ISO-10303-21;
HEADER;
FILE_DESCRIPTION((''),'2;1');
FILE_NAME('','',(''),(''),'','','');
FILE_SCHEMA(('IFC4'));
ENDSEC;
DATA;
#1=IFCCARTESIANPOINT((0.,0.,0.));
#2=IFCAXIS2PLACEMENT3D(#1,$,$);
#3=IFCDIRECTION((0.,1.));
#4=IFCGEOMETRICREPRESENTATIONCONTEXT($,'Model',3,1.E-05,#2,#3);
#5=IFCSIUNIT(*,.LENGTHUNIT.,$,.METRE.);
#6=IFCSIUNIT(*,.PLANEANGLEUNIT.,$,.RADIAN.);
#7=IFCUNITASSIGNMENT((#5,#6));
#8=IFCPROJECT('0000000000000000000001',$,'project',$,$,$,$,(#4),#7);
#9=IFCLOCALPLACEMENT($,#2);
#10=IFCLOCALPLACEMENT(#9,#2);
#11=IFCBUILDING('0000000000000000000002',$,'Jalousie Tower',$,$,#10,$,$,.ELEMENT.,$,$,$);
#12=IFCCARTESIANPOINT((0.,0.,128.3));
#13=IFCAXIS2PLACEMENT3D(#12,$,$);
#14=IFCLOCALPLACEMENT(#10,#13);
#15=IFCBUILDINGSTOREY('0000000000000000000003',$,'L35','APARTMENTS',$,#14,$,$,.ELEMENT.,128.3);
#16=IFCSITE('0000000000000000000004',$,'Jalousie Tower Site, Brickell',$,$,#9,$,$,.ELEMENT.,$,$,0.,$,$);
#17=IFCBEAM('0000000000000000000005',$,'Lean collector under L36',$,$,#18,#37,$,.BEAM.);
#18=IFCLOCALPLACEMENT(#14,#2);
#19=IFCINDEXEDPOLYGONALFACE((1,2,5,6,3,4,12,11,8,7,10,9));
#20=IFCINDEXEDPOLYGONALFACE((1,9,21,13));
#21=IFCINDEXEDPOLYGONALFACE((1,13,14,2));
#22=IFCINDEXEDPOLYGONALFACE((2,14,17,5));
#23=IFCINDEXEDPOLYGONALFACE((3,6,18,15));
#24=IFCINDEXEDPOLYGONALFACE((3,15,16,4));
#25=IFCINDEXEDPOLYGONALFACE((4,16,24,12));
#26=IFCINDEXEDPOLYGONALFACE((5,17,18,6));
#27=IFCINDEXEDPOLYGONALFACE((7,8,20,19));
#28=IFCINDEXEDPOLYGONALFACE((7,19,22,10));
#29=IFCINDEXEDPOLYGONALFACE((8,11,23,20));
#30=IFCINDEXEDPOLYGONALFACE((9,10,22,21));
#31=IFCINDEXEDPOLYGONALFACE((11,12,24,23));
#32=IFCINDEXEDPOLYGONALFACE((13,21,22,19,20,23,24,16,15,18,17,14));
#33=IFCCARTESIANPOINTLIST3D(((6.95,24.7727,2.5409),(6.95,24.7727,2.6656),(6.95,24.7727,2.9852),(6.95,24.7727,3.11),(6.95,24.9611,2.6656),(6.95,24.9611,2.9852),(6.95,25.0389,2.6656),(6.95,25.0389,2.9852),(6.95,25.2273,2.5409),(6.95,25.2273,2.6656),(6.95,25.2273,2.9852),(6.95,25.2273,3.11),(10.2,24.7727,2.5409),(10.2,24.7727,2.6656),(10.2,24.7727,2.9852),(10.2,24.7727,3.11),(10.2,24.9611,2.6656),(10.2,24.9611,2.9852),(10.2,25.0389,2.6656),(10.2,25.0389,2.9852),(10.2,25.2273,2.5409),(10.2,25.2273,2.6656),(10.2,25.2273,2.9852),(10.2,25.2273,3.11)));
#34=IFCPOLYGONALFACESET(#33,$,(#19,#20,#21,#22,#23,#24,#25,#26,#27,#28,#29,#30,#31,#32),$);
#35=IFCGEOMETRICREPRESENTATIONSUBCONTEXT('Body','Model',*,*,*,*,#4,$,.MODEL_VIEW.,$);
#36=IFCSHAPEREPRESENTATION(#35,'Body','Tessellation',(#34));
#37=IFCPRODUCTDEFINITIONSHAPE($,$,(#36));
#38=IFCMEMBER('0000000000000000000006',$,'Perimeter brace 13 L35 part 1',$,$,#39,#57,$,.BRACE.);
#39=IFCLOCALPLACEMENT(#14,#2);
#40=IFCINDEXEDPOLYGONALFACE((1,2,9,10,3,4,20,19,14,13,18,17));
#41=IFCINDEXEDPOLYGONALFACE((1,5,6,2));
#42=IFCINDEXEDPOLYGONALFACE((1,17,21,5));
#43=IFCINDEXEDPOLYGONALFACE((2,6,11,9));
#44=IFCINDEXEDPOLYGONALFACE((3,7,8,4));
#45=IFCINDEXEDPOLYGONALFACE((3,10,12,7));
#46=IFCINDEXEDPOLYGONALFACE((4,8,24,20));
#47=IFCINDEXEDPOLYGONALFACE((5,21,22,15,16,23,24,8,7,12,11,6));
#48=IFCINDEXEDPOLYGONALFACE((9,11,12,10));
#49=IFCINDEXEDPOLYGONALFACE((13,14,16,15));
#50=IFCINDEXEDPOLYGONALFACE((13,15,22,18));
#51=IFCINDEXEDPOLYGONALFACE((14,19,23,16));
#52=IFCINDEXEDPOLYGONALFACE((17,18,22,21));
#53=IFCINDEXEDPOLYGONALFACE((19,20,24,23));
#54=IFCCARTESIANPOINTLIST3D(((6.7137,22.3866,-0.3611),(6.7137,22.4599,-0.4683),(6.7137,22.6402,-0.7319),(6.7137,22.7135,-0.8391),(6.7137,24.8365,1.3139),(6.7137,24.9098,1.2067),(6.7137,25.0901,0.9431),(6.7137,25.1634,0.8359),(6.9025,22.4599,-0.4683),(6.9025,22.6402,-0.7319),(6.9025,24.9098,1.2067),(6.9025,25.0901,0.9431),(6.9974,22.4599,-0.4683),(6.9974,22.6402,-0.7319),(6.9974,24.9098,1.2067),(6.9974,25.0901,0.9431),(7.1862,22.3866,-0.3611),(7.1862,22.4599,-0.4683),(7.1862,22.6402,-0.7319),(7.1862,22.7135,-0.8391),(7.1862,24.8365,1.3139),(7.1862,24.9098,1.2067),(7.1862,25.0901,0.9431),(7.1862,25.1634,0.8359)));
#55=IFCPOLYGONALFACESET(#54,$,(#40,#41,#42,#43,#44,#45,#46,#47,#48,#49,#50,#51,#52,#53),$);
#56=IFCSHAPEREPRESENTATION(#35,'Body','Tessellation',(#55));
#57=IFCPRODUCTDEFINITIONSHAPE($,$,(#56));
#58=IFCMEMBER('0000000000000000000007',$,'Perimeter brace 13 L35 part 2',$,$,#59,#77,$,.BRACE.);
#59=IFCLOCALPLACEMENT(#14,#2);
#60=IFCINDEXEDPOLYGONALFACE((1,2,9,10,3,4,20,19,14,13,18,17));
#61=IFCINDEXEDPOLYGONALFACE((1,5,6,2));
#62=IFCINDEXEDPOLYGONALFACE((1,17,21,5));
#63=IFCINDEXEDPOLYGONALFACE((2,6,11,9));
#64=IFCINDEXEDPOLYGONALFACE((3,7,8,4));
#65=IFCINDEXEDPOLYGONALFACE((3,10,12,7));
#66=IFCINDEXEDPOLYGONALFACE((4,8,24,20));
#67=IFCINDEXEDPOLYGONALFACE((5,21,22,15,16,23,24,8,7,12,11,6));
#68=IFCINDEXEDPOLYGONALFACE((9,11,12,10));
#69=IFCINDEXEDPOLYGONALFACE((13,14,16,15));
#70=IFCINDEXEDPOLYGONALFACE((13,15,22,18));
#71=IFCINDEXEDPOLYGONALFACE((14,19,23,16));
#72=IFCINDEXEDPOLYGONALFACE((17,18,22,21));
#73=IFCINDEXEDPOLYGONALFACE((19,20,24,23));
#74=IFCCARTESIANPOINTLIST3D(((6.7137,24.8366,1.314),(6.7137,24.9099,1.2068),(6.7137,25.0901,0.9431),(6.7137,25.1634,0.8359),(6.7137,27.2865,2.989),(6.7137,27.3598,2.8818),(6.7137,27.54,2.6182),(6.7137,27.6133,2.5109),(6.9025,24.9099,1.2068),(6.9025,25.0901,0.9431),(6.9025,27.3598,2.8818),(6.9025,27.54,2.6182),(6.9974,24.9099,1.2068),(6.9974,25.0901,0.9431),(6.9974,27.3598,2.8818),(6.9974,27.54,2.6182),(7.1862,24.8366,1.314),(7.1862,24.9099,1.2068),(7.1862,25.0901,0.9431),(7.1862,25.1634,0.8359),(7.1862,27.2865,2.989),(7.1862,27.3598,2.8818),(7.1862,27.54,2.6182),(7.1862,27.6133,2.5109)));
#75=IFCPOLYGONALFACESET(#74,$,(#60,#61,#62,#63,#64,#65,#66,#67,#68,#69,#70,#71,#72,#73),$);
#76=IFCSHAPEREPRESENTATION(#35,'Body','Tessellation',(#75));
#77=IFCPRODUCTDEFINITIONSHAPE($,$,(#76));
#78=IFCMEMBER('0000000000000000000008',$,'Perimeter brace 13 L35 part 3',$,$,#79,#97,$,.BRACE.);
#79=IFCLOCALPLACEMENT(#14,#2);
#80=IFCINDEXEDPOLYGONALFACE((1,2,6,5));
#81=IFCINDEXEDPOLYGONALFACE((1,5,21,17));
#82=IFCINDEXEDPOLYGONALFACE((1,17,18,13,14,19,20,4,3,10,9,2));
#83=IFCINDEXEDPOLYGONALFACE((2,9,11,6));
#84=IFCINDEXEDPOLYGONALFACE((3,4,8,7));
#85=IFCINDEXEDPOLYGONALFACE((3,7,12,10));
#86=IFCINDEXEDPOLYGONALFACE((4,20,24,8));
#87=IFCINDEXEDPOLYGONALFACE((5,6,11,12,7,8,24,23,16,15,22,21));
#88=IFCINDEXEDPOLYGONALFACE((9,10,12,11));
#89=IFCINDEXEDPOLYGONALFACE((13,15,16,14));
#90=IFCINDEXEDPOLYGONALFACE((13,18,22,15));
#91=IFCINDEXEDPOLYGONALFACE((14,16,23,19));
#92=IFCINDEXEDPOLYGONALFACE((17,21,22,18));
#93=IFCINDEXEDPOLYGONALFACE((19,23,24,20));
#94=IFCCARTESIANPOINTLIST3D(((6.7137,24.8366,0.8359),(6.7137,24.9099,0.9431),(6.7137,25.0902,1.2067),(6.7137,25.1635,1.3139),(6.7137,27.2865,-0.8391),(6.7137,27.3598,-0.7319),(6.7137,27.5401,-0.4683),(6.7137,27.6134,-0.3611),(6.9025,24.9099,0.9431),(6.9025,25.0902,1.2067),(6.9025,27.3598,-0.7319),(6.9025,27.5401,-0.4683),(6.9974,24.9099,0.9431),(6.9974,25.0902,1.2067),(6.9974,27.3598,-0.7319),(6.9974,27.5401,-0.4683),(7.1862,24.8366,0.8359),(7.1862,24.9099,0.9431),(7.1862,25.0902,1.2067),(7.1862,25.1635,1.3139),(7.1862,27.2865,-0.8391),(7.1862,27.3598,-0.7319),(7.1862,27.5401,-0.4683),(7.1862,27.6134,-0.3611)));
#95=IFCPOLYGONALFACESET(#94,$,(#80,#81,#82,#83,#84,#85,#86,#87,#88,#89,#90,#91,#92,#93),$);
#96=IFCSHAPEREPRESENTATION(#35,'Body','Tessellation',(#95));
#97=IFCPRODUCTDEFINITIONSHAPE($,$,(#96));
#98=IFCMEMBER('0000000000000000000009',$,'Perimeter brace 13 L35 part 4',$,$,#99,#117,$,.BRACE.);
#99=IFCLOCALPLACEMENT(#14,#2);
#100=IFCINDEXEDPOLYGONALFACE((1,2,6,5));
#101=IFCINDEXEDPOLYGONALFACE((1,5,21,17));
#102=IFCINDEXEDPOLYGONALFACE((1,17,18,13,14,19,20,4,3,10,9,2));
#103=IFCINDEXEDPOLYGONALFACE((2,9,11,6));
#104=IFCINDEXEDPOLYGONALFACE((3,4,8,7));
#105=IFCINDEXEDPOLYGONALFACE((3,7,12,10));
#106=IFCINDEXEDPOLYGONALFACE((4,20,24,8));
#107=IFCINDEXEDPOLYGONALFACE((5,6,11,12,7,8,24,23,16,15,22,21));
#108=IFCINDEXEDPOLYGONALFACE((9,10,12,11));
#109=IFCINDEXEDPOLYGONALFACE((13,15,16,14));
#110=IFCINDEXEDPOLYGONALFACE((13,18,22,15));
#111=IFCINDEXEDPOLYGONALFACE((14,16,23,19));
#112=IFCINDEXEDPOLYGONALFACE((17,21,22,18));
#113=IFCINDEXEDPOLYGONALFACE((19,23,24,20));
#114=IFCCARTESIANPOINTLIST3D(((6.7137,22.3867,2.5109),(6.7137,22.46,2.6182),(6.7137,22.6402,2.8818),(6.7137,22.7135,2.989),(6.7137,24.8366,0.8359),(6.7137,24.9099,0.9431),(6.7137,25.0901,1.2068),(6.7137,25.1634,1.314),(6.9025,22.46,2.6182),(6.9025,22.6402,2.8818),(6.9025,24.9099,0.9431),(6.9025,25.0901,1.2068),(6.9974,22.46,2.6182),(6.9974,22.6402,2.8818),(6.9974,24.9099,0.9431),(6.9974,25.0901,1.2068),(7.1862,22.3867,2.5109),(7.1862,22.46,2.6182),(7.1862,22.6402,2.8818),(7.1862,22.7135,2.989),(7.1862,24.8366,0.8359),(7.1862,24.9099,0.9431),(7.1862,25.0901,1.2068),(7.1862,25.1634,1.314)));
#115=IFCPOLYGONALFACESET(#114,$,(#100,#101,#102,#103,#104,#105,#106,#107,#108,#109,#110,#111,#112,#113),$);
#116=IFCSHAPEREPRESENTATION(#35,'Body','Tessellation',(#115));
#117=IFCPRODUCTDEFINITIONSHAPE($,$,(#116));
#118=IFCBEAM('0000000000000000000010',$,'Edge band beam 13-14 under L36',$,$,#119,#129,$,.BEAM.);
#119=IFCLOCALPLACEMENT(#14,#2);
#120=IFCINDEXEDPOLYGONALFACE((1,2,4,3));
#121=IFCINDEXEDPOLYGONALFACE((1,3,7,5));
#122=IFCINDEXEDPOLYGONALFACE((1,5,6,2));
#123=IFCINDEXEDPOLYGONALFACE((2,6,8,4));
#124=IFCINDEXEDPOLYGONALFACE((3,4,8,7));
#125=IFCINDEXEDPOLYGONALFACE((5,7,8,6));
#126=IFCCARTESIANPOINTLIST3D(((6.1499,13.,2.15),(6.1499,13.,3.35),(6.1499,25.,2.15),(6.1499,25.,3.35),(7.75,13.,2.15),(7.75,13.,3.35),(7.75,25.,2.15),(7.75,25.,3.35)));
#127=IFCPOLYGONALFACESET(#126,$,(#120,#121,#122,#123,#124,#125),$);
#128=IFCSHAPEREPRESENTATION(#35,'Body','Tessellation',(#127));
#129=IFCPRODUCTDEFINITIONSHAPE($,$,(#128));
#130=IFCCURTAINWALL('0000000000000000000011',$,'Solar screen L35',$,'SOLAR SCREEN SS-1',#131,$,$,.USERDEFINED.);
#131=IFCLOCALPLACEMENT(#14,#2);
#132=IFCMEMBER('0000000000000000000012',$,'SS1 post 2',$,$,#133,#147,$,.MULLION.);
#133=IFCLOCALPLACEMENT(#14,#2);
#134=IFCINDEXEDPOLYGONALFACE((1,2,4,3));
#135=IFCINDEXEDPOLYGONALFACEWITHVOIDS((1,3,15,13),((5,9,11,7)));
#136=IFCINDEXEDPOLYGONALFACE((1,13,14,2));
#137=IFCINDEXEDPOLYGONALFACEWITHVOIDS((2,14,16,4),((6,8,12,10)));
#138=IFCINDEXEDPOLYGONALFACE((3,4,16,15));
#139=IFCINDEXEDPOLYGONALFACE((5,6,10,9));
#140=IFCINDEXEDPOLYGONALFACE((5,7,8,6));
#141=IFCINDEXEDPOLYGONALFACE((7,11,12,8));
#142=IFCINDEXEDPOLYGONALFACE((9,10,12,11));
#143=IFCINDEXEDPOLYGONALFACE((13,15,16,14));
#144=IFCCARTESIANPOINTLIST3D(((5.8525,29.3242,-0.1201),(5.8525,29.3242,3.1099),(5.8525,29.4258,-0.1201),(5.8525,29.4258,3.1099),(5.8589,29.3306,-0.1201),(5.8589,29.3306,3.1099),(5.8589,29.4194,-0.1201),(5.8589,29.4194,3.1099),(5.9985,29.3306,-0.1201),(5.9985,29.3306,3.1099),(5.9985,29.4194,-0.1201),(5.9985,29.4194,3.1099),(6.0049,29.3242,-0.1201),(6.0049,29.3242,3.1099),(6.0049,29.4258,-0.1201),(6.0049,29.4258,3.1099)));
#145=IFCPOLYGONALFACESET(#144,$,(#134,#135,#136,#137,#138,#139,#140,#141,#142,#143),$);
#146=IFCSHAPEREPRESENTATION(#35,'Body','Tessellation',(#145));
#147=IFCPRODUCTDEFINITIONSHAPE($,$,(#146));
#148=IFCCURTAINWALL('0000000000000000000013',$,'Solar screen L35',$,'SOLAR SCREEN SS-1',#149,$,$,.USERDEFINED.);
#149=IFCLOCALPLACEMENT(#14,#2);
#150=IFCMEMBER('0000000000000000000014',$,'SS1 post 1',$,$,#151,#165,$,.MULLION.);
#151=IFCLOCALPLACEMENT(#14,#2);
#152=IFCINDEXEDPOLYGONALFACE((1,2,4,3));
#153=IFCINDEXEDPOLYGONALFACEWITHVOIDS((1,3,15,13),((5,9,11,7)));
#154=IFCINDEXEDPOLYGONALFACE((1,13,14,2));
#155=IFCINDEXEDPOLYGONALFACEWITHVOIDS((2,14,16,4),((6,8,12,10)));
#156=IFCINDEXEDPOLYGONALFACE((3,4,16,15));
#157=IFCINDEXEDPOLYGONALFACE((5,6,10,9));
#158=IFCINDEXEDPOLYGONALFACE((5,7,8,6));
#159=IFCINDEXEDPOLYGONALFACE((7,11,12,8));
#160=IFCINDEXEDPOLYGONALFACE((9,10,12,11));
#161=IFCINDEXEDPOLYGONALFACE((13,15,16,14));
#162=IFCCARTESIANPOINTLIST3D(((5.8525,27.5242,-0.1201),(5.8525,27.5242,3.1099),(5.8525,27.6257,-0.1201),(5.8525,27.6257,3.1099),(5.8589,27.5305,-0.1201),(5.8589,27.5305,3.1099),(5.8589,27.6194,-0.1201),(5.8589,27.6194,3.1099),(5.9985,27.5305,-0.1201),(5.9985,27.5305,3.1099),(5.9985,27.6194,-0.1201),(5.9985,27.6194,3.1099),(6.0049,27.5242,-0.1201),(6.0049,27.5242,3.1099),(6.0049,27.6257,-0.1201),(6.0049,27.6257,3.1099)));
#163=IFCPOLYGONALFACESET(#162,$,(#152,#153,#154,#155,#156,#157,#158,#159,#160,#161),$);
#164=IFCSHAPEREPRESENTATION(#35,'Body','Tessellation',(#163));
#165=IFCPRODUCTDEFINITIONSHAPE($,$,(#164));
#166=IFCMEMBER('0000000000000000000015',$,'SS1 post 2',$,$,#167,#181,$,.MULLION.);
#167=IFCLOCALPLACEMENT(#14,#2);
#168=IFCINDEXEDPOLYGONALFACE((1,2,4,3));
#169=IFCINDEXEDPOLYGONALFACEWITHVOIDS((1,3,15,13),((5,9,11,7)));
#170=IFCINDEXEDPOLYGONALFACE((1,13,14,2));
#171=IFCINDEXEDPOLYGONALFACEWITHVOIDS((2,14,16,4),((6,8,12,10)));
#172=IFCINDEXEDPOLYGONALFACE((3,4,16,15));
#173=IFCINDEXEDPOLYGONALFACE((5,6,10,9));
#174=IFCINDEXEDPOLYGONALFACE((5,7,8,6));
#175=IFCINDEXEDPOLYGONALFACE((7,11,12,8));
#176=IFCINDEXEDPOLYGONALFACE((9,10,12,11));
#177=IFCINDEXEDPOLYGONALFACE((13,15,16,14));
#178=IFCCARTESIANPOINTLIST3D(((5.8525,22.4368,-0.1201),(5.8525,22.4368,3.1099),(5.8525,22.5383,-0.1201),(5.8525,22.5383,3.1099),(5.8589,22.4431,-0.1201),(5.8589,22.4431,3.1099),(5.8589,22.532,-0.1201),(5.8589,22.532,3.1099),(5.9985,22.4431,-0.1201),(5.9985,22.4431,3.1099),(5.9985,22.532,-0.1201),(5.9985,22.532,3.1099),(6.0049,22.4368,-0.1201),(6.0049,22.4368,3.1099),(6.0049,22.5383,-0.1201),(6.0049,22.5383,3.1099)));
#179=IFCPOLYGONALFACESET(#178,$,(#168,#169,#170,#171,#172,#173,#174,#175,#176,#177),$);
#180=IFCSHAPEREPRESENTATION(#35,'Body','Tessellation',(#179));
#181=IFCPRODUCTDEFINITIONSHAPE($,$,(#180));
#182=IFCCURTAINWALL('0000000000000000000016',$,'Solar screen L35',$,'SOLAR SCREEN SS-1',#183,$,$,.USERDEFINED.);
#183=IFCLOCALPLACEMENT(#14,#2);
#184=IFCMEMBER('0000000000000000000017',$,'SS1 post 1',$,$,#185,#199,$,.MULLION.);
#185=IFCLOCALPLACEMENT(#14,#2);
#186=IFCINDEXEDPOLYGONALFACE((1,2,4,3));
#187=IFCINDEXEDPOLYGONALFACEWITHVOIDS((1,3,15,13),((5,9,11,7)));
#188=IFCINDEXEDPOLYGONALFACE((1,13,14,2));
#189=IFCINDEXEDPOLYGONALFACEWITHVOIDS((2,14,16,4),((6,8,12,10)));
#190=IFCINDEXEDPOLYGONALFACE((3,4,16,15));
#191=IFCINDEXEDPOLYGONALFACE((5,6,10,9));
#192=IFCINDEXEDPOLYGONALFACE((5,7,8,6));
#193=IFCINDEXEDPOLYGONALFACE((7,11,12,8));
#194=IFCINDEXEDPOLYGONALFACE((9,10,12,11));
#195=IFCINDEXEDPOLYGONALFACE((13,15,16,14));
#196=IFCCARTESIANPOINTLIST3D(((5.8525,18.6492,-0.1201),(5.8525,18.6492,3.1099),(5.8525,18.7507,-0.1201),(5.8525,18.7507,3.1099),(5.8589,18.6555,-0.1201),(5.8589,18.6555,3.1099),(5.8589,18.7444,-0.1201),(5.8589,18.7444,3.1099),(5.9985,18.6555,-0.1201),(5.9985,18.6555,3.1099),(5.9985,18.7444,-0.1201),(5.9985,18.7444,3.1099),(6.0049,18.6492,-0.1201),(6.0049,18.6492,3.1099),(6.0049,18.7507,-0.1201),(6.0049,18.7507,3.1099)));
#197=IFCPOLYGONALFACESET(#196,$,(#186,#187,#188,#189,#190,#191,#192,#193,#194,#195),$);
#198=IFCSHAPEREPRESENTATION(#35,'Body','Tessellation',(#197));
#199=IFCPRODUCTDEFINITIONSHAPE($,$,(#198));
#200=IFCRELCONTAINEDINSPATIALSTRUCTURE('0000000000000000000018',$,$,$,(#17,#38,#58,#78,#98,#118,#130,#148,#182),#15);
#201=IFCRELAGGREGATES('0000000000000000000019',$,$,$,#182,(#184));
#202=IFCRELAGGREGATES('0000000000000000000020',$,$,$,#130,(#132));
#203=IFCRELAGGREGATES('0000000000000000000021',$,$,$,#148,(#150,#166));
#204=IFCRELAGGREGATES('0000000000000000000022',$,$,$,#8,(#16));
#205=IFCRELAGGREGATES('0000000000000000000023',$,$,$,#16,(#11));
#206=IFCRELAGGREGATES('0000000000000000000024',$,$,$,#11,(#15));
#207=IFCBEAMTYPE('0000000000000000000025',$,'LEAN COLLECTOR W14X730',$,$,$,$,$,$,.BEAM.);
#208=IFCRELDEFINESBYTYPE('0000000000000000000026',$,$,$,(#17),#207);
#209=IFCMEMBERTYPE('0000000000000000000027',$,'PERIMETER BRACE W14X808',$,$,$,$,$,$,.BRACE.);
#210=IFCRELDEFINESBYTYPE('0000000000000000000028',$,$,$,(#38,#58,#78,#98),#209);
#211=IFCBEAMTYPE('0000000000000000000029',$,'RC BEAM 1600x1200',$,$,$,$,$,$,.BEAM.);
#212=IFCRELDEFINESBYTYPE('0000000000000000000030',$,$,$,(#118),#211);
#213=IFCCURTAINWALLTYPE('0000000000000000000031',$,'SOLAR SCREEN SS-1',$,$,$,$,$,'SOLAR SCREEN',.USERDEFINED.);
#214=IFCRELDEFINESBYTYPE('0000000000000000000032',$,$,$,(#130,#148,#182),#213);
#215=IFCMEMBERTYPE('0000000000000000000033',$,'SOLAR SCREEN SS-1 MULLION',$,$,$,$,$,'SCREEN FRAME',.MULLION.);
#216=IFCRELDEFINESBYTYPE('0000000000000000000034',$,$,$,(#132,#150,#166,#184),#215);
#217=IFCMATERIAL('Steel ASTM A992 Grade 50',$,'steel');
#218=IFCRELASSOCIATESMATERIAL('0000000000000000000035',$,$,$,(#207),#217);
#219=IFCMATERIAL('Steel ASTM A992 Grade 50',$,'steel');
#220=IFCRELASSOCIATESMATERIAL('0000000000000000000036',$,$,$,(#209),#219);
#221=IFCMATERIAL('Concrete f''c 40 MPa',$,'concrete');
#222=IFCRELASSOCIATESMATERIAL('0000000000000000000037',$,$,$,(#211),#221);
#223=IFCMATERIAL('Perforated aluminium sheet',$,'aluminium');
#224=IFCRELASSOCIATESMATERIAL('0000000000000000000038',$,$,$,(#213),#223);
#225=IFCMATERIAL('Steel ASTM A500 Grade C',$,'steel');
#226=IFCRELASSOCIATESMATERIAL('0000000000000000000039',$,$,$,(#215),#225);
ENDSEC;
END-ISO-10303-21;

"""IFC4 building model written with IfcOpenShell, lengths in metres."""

from ifc_helpers import new_model, si_unit, direction, frame, origin, origin_2d, place, context, subcontext, project, spatial, rectangle, hollow_rectangle, i_section, extrude, material, material_profile, profile_set, type_object, element, aggregate, save


model = new_model("IFC4")

# Units and contexts
model_context = context("Model", 3, precision=1e-05, world=origin(), true_north=direction((0.0, 1.0)))
body_context = subcontext(model_context, "Body", "Model", "MODEL_VIEW")
ifc_project = project(units=[si_unit("LENGTHUNIT", "METRE"), si_unit("PLANEANGLEUNIT", "RADIAN")], contexts=[model_context])

# Site, building, storey
site_placement = place(None, origin())
site = spatial("IfcSite", under=ifc_project, at=site_placement, Name="Jalousie Tower Site, Brickell", CompositionType="ELEMENT", RefElevation=0.0)
building_placement = place(site_placement, origin())
building = spatial("IfcBuilding", under=site, at=building_placement, Name="Jalousie Tower", CompositionType="ELEMENT")
storey_placement = place(building_placement, frame((0.0, 0.0, 128.3)))
storey = spatial("IfcBuildingStorey", under=building, at=storey_placement, Name="L35", Description="APARTMENTS", CompositionType="ELEMENT", Elevation=128.3)

# Beam
ifc_material_1 = material(Name="Steel ASTM A992 Grade 50", Category="steel")
ifc_material_profile_1 = material_profile(ifc_material_1, i_section(OverallWidth=0.4546, OverallDepth=0.5691, WebThickness=0.0779, FlangeThickness=0.1248, at=origin_2d()), Name="W14X730")
ifc_profile_set_1 = profile_set([ifc_material_profile_1], Name="Steel ASTM A992 Grade 50")
beam_type_1 = type_object("IfcBeamType", Name="LEAN COLLECTOR W14X730", PredefinedType="BEAM", material=ifc_profile_set_1)
beam_1_placement = place(storey_placement, frame((6.95, 25.0, 2.8254), z_axis=(1.0, 0.0, 0.0), x_axis=(0.0, 1.0, 0.0)))
element("IfcBeam", 1, at=beam_1_placement, inside=storey, type_object=beam_type_1, Name="Lean collector under L36", PredefinedType="BEAM", context=body_context, shape_type="SweptSolid", body=[
    extrude(i_section(OverallWidth=0.4546, OverallDepth=0.5691, WebThickness=0.0779, FlangeThickness=0.1248, at=origin_2d()), origin(), (0.0, 0.0, 1.0), 3.25),
])

# Members
ifc_material_2 = material(Name="Steel ASTM A992 Grade 50", Category="steel")
ifc_material_profile_2 = material_profile(ifc_material_2, i_section(OverallWidth=0.4724, OverallDepth=0.5791, WebThickness=0.095, FlangeThickness=0.1299, at=origin_2d()), Name="W14X808")
ifc_profile_set_2 = profile_set([ifc_material_profile_2], Name="Steel ASTM A992 Grade 50")
member_type_1 = type_object("IfcMemberType", Name="PERIMETER BRACE W14X808", PredefinedType="BRACE", material=ifc_profile_set_2)
for number, where, z_axis, x_axis, name in (
    (2, (6.95, 22.55, -0.6001), (0.0, 0.825501, 0.564401), (-1.0, 0.0, 0.0), "Perimeter brace 13 L35 part 1"),
    (3, (6.95, 25.0, 1.075), (0.0, 0.825501, 0.564401), (-1.0, 0.0, 0.0), "Perimeter brace 13 L35 part 2"),
    (4, (6.95, 27.45, -0.6001), (0.0, -0.825501, 0.564401), (1.0, 0.0, 0.0), "Perimeter brace 13 L35 part 3"),
    (5, (6.95, 25.0, 1.075), (0.0, -0.825501, 0.564401), (1.0, 0.0, 0.0), "Perimeter brace 13 L35 part 4"),
):
    element("IfcMember", number, at=place(storey_placement, frame(where, z_axis=z_axis, x_axis=x_axis)), inside=storey, type_object=member_type_1, Name=name, PredefinedType="BRACE", context=body_context, shape_type="SweptSolid", body=[
        extrude(i_section(OverallWidth=0.4724, OverallDepth=0.5791, WebThickness=0.095, FlangeThickness=0.1299, at=origin_2d()), origin(), (0.0, 0.0, 1.0), 2.9678),
    ])

# Beam
ifc_material_3 = material(Name="Concrete f'c 40 MPa", Category="concrete")
ifc_material_profile_3 = material_profile(ifc_material_3, rectangle(XDim=1.6001, YDim=1.2, at=origin_2d()), Name="RC 1600x1200")
ifc_profile_set_3 = profile_set([ifc_material_profile_3], Name="Concrete f'c 40 MPa")
beam_type_2 = type_object("IfcBeamType", Name="RC BEAM 1600x1200", PredefinedType="BEAM", material=ifc_profile_set_3)
beam_2_placement = place(storey_placement, frame((6.95, 25.0, 2.75), z_axis=(0.0, -1.0, 0.0), x_axis=(1.0, 0.0, 0.0)))
element("IfcBeam", 6, at=beam_2_placement, inside=storey, type_object=beam_type_2, Name="Edge band beam 13-14 under L36", PredefinedType="BEAM", context=body_context, shape_type="SweptSolid", body=[
    extrude(rectangle(XDim=1.6001, YDim=1.2, at=origin_2d()), origin(), (0.0, 0.0, 1.0), 12.0),
])

# Curtain wall, member
ifc_material_4 = material(Name="Perforated aluminium sheet", Category="aluminium")
curtain_wall_type = type_object("IfcCurtainWallType", Name="SOLAR SCREEN SS-1", ElementType="SOLAR SCREEN", PredefinedType="USERDEFINED", material=ifc_material_4)
curtain_wall_1_placement = place(storey_placement, origin())
curtain_wall_1 = element("IfcCurtainWall", 7, at=curtain_wall_1_placement, inside=storey, type_object=curtain_wall_type, Name="Solar screen L35", ObjectType="SOLAR SCREEN SS-1", PredefinedType="USERDEFINED")
ifc_material_5 = material(Name="Steel ASTM A500 Grade C", Category="steel")
ifc_material_profile_4 = material_profile(ifc_material_5, hollow_rectangle(XDim=0.1016, YDim=0.1523, WallThickness=0.0063, at=origin_2d()), Name="HSS6X4X1/4")
ifc_profile_set_4 = profile_set([ifc_material_profile_4], Name="Steel ASTM A500 Grade C")
member_type_2 = type_object("IfcMemberType", Name="SOLAR SCREEN SS-1 MULLION", ElementType="SCREEN FRAME", PredefinedType="MULLION", material=ifc_profile_set_4)
member_1_placement = place(storey_placement, frame((5.9287, 29.375, -0.1201), z_axis=(0.0, 0.0, 1.0), x_axis=(0.0, -1.0, 0.0)))
member_1 = element("IfcMember", 8, at=member_1_placement, type_object=member_type_2, Name="SS1 post 2", PredefinedType="MULLION", context=body_context, shape_type="SweptSolid", body=[
    extrude(hollow_rectangle(XDim=0.1016, YDim=0.1523, WallThickness=0.0063, at=origin_2d()), origin(), (0.0, 0.0, 1.0), 3.23),
])

# Curtain wall, members
curtain_wall_2_placement = place(storey_placement, origin())
curtain_wall_2 = element("IfcCurtainWall", 9, at=curtain_wall_2_placement, inside=storey, type_object=curtain_wall_type, Name="Solar screen L35", ObjectType="SOLAR SCREEN SS-1", PredefinedType="USERDEFINED")
member_2_placement = place(storey_placement, frame((5.9287, 27.575, -0.1201), z_axis=(0.0, 0.0, 1.0), x_axis=(0.0, -1.0, 0.0)))
member_2 = element("IfcMember", 10, at=member_2_placement, type_object=member_type_2, Name="SS1 post 1", PredefinedType="MULLION", context=body_context, shape_type="SweptSolid", body=[
    extrude(hollow_rectangle(XDim=0.1016, YDim=0.1523, WallThickness=0.0063, at=origin_2d()), origin(), (0.0, 0.0, 1.0), 3.23),
])
member_3_placement = place(storey_placement, frame((5.9287, 22.4875, -0.1201), z_axis=(0.0, 0.0, 1.0), x_axis=(0.0, -1.0, 0.0)))
member_3 = element("IfcMember", 11, at=member_3_placement, type_object=member_type_2, Name="SS1 post 2", PredefinedType="MULLION", context=body_context, shape_type="SweptSolid", body=[
    extrude(hollow_rectangle(XDim=0.1016, YDim=0.1523, WallThickness=0.0063, at=origin_2d()), origin(), (0.0, 0.0, 1.0), 3.23),
])

# Curtain wall, member
curtain_wall_3_placement = place(storey_placement, origin())
curtain_wall_3 = element("IfcCurtainWall", 12, at=curtain_wall_3_placement, inside=storey, type_object=curtain_wall_type, Name="Solar screen L35", ObjectType="SOLAR SCREEN SS-1", PredefinedType="USERDEFINED")
member_4_placement = place(storey_placement, frame((5.9287, 18.7, -0.1201), z_axis=(0.0, 0.0, 1.0), x_axis=(0.0, -1.0, 0.0)))
member_4 = element("IfcMember", 13, at=member_4_placement, type_object=member_type_2, Name="SS1 post 1", PredefinedType="MULLION", context=body_context, shape_type="SweptSolid", body=[
    extrude(hollow_rectangle(XDim=0.1016, YDim=0.1523, WallThickness=0.0063, at=origin_2d()), origin(), (0.0, 0.0, 1.0), 3.23),
])

aggregate(curtain_wall_3, [member_4])

aggregate(curtain_wall_1, [member_1])
aggregate(curtain_wall_2, [member_2, member_3])

save(model, "model.ifc")
